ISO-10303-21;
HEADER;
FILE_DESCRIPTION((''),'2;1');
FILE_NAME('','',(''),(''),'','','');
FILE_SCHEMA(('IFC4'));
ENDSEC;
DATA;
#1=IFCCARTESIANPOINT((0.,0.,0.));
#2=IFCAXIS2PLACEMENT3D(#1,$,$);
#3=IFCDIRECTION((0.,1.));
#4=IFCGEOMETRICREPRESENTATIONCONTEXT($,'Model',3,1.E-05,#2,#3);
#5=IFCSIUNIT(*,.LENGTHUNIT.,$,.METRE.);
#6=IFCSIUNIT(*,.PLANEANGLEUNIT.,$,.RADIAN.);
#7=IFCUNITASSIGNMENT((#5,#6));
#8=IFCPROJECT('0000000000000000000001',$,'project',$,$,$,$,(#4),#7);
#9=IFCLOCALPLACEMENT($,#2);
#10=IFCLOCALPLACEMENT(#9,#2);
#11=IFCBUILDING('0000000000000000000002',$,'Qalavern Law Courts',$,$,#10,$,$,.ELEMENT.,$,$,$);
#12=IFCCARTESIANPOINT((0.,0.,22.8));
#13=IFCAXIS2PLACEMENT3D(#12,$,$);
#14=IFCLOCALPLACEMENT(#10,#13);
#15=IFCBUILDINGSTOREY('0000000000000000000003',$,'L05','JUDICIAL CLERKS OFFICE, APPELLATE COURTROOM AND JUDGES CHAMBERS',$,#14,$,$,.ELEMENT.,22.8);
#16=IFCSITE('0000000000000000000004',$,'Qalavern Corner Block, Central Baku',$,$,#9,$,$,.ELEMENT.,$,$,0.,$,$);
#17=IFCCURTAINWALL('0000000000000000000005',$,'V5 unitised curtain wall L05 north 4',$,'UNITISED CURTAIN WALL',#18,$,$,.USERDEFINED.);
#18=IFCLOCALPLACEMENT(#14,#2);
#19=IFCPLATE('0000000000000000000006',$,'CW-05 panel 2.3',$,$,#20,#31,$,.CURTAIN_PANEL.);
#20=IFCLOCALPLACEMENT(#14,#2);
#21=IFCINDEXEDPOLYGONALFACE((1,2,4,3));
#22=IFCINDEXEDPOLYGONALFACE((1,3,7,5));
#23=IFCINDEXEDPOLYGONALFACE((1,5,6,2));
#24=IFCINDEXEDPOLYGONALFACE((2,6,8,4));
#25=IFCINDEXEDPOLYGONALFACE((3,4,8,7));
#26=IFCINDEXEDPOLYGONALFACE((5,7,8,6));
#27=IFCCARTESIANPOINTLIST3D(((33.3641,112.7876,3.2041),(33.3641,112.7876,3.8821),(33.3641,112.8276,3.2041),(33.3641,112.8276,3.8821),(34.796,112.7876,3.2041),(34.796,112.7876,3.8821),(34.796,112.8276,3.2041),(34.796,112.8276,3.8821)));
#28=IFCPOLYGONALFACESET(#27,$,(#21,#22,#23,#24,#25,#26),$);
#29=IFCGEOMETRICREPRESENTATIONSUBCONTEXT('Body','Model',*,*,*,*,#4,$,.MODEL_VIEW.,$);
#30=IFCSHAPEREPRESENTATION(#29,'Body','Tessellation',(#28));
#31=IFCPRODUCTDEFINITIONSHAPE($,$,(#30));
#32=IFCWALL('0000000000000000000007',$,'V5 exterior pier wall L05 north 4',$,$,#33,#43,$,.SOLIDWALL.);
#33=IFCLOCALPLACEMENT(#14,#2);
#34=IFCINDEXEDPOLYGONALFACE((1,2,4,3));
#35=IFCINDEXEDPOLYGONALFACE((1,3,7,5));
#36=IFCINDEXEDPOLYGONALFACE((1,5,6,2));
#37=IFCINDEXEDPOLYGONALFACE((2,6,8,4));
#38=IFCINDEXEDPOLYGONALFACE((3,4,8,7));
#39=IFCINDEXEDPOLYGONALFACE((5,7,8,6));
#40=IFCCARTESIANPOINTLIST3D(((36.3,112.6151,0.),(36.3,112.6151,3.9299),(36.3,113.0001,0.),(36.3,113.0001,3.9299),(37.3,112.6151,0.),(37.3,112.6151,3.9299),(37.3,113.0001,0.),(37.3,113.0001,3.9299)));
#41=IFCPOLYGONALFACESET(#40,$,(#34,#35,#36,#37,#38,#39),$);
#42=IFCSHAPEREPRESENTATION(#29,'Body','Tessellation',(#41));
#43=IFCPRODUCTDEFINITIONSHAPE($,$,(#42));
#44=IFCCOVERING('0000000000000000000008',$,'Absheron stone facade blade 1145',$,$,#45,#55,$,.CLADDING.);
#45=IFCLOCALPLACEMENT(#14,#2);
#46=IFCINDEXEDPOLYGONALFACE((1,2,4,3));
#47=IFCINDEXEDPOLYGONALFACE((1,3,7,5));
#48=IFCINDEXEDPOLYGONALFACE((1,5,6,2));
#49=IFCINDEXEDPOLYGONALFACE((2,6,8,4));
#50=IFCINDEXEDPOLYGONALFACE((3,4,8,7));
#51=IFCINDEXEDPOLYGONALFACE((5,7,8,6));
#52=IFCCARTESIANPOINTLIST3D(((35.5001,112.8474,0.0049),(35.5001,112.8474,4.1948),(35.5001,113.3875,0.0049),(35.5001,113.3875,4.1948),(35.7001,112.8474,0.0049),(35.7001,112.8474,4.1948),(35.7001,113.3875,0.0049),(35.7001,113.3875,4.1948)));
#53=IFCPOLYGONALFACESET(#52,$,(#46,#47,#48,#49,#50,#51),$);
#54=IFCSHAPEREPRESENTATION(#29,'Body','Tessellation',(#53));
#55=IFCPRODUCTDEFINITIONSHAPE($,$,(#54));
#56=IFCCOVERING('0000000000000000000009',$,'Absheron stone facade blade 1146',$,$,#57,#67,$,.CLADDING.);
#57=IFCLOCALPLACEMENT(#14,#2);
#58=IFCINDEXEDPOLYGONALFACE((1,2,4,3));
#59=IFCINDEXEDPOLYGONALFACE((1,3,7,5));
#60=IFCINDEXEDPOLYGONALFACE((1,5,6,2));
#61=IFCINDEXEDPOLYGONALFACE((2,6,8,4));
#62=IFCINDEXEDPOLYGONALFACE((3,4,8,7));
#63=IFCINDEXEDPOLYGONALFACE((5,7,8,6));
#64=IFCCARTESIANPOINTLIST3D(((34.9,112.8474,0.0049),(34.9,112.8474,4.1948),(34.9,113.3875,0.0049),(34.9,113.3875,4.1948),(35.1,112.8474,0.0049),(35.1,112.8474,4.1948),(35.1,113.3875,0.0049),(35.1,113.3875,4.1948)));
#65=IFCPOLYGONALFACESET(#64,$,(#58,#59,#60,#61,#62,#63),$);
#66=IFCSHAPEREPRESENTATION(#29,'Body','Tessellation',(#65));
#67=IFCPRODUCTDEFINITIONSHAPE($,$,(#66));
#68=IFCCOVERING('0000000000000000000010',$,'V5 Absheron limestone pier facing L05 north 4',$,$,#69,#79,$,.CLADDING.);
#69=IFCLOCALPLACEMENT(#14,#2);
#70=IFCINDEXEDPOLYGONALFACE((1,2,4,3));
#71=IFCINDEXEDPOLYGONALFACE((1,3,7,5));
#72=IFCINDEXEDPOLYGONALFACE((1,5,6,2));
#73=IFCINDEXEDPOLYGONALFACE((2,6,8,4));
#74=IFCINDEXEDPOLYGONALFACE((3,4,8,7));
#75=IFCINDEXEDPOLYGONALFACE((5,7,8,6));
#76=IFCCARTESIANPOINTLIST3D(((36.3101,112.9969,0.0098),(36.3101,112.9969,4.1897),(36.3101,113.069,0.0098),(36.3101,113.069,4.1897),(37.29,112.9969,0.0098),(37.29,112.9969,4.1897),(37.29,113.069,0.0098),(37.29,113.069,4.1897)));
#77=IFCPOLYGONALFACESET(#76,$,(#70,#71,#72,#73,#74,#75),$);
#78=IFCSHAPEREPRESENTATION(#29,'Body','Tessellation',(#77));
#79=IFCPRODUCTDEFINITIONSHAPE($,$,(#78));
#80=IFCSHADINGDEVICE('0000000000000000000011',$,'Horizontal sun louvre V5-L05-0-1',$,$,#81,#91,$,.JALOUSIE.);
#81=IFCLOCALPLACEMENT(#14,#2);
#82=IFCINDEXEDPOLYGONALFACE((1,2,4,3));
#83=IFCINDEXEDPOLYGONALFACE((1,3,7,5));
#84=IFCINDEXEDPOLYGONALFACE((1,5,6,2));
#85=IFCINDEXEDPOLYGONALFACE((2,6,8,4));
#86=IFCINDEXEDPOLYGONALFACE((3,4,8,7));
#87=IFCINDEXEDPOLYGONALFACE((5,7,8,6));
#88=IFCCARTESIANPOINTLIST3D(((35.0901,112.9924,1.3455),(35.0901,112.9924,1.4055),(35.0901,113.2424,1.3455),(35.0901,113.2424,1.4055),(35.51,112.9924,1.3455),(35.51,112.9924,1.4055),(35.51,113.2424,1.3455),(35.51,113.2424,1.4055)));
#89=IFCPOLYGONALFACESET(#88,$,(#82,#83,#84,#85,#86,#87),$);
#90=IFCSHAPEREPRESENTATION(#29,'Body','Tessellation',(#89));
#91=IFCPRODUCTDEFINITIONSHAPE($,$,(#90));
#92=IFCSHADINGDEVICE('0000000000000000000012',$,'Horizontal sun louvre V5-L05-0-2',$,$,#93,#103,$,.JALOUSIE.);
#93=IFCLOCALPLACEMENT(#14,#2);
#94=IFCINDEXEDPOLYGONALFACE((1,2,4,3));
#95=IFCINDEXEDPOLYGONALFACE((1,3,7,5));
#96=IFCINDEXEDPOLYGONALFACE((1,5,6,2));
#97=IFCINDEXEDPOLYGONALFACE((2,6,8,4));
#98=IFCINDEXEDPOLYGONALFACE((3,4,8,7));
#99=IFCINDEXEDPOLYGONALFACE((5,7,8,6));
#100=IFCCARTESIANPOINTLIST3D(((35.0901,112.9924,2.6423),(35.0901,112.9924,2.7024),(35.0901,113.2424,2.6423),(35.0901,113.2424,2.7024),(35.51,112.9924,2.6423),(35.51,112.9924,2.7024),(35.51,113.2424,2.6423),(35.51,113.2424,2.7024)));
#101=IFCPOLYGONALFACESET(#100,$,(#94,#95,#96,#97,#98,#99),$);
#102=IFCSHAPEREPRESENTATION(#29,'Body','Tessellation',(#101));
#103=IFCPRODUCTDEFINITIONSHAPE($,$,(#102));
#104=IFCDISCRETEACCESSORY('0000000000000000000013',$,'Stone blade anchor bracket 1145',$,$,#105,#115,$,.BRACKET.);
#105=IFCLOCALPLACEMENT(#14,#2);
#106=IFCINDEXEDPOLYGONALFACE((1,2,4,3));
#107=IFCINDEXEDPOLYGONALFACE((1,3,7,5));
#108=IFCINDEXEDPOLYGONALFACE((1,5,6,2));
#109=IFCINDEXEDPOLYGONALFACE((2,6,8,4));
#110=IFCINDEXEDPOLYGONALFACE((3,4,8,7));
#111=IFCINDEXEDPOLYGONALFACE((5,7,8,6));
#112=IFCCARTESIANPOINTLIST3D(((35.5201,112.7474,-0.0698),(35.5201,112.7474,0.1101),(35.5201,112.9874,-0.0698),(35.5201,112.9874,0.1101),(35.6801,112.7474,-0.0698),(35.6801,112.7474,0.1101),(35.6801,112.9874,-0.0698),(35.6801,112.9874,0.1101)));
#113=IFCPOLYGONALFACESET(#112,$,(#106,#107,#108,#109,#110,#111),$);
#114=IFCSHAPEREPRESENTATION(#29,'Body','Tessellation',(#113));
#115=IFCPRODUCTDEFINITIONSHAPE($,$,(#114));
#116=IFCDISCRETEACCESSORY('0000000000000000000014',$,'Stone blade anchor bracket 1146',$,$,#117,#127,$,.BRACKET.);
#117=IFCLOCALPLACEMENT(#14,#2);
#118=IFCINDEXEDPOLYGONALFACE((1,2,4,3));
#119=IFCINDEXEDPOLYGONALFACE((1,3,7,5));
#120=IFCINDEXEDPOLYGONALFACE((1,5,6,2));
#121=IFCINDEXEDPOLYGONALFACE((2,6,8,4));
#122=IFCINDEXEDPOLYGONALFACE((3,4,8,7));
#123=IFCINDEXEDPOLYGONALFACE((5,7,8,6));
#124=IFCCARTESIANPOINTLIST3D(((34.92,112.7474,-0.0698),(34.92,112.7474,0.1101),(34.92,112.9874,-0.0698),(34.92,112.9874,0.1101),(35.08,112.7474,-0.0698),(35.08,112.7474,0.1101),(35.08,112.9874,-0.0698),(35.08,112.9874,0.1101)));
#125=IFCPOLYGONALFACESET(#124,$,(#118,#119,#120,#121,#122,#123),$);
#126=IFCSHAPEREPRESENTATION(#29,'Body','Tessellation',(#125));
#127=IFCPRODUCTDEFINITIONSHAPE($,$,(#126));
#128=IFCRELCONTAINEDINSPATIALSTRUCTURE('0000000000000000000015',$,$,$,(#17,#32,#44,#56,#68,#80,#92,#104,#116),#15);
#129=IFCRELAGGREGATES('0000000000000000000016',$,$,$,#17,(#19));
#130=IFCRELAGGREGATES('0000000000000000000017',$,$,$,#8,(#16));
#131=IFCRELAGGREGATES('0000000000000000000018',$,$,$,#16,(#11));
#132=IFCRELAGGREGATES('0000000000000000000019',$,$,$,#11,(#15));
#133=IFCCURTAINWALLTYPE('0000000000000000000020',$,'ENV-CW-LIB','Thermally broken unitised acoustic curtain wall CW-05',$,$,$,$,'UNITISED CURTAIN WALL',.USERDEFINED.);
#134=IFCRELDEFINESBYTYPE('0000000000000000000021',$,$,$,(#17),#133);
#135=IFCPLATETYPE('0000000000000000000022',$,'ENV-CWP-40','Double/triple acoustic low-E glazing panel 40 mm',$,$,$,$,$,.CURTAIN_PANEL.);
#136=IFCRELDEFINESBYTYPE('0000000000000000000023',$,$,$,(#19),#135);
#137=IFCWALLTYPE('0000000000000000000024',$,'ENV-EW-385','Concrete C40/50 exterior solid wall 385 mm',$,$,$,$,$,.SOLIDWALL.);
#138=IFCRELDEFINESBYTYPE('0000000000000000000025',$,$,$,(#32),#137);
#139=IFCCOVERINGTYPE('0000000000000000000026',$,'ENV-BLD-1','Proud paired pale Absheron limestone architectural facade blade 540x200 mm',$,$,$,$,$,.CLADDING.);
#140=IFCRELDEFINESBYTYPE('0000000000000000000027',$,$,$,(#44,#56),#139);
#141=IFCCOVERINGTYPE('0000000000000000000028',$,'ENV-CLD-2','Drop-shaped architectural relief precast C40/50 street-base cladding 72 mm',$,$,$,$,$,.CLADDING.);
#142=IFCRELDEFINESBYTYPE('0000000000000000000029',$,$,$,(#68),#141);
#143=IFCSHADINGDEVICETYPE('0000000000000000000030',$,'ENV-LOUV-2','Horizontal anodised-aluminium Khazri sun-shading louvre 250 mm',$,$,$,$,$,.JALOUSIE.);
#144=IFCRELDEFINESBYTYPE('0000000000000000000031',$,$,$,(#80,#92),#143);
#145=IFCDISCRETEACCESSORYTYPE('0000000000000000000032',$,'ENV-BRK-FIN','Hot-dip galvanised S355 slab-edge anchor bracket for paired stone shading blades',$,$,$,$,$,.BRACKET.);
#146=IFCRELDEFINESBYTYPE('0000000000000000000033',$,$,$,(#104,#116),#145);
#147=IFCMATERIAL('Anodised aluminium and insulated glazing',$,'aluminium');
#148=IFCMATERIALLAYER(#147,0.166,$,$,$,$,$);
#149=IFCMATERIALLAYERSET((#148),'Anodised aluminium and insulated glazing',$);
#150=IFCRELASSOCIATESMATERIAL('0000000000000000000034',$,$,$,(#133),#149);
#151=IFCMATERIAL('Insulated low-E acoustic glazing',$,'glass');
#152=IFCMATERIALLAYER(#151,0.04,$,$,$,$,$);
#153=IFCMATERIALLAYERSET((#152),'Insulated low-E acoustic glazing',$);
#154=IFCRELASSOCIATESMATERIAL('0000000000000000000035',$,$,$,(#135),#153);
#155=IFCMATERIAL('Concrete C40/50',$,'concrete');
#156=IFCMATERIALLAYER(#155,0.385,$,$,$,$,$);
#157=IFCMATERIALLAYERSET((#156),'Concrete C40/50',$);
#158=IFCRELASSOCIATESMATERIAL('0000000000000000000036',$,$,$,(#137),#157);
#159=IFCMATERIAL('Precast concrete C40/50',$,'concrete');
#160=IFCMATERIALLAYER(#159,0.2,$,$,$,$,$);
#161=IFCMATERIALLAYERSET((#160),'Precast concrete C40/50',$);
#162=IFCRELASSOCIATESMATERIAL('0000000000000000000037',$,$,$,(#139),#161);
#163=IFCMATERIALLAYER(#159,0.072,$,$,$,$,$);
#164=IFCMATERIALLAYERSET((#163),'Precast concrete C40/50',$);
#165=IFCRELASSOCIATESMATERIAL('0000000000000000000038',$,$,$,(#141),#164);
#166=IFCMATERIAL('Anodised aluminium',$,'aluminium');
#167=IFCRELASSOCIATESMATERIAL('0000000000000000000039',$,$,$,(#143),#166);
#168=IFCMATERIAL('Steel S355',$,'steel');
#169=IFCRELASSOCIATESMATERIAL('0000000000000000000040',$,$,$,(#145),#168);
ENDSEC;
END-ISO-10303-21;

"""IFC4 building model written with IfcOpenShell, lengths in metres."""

from ifc_helpers import new_model, si_unit, direction, frame, frame_2d, origin, origin_2d, place, context, subcontext, project, spatial, rectangle, extrude, material, layer, layer_set, type_object, element, aggregate, save


model = new_model("IFC4")

# Units and contexts
model_context = context("Model", 3, precision=1e-05, world=origin(), true_north=direction((0.0, 1.0)))
body_context = subcontext(model_context, "Body", "Model", "MODEL_VIEW")
ifc_project = project(units=[si_unit("LENGTHUNIT", "METRE"), si_unit("PLANEANGLEUNIT", "RADIAN")], contexts=[model_context])

# Site, building, storey
site_placement = place(None, origin())
site = spatial("IfcSite", under=ifc_project, at=site_placement, Name="Qalavern Corner Block, Central Baku", CompositionType="ELEMENT", RefElevation=0.0)
building_placement = place(site_placement, origin())
building = spatial("IfcBuilding", under=site, at=building_placement, Name="Qalavern Law Courts", CompositionType="ELEMENT")
storey_placement = place(building_placement, frame((0.0, 0.0, 22.8)))
storey = spatial("IfcBuildingStorey", under=building, at=storey_placement, Name="L05", Description="JUDICIAL CLERKS OFFICE, APPELLATE COURTROOM AND JUDGES CHAMBERS", CompositionType="ELEMENT", Elevation=22.8)

# Curtain wall
ifc_material_1 = material(Name="Anodised aluminium and insulated glazing", Category="aluminium")
ifc_layer_1 = layer(ifc_material_1, 0.166)
ifc_layer_set_1 = layer_set([ifc_layer_1], Name="Anodised aluminium and insulated glazing")
curtain_wall_type = type_object("IfcCurtainWallType", Name="ENV-CW-LIB", Description="Thermally broken unitised acoustic curtain wall CW-05", ElementType="UNITISED CURTAIN WALL", PredefinedType="USERDEFINED", material=ifc_layer_set_1)
ifc_material_2 = material(Name="Anodised aluminium", Category="aluminium")
curtain_wall_1_placement = place(storey_placement, origin())
curtain_wall_1 = element("IfcCurtainWall", 1, at=curtain_wall_1_placement, inside=storey, type_object=curtain_wall_type, Name="V5 unitised curtain wall L05 north 4", ObjectType="UNITISED CURTAIN WALL", PredefinedType="USERDEFINED")

# Shared definitions
ifc_material_3 = material(Name="Steel S355", Category="steel")
ifc_material_4 = material(Name="Concrete C40/50", Category="concrete")

# Plate
ifc_material_5 = material(Name="Insulated low-E acoustic glazing", Category="glass")
ifc_layer_2 = layer(ifc_material_5, 0.04)
ifc_layer_set_2 = layer_set([ifc_layer_2], Name="Insulated low-E acoustic glazing")
plate_type_1 = type_object("IfcPlateType", Name="ENV-CWP-40", Description="Double/triple acoustic low-E glazing panel 40 mm", PredefinedType="CURTAIN_PANEL", material=ifc_layer_set_2)
plate_1_placement = place(storey_placement, frame((34.0801, 112.8076, 3.2041), z_axis=(0.0, 0.0, 1.0), x_axis=(-1.0, 0.0, 0.0)))
plate_1 = element("IfcPlate", 2, at=plate_1_placement, type_object=plate_type_1, Name="CW-05 panel 2.3", PredefinedType="CURTAIN_PANEL", context=body_context, shape_type="SweptSolid", body=[
    extrude(rectangle(XDim=1.4319, YDim=0.04, at=origin_2d()), origin(), (0.0, 0.0, 1.0), 0.678),
])
aggregate(curtain_wall_1, [plate_1])

# Wall
ifc_layer_3 = layer(ifc_material_4, 0.385)
ifc_layer_set_3 = layer_set([ifc_layer_3], Name="Concrete C40/50")
wall_type = type_object("IfcWallType", Name="ENV-EW-385", Description="Concrete C40/50 exterior solid wall 385 mm", PredefinedType="SOLIDWALL", material=ifc_layer_set_3)
wall_placement = place(storey_placement, frame((37.3, 112.8076, 0.0), z_axis=(0.0, 0.0, 1.0), x_axis=(-1.0, 0.0, 0.0)))
element("IfcWall", 3, at=wall_placement, inside=storey, type_object=wall_type, Name="V5 exterior pier wall L05 north 4", PredefinedType="SOLIDWALL", context=body_context, shape_type="SweptSolid", body=[
    extrude(rectangle(XDim=1.0, YDim=0.385, at=frame_2d((0.5, 0.0))), origin(), (0.0, 0.0, 1.0), 3.9299),
])

# Coverings
ifc_material_6 = material(Name="Precast concrete C40/50", Category="concrete")
ifc_layer_4 = layer(ifc_material_6, 0.2)
ifc_layer_set_4 = layer_set([ifc_layer_4], Name="Precast concrete C40/50")
covering_type_1 = type_object("IfcCoveringType", Name="ENV-BLD-1", Description="Proud paired pale Absheron limestone architectural facade blade 540x200 mm", PredefinedType="CLADDING", material=ifc_layer_set_4)
for number, where, z_axis, x_axis, name in (
    (4, (35.6001, 113.1174, 0.0049), (0.0, 0.0, 1.0), (0.0, 1.0, 0.0), "Absheron stone facade blade 1145"),
    (5, (35.0, 113.1174, 0.0049), (0.0, 0.0, 1.0), (0.0, 1.0, 0.0), "Absheron stone facade blade 1146"),
):
    element("IfcCovering", number, at=place(storey_placement, frame(where, z_axis=z_axis, x_axis=x_axis)), inside=storey, type_object=covering_type_1, Name=name, PredefinedType="CLADDING", context=body_context, shape_type="SweptSolid", body=[
        extrude(rectangle(XDim=0.54, YDim=0.2, at=origin_2d()), origin(), (0.0, 0.0, 1.0), 4.1899),
    ])
ifc_layer_5 = layer(ifc_material_6, 0.072)
ifc_layer_set_5 = layer_set([ifc_layer_5], Name="Precast concrete C40/50")
covering_type_2 = type_object("IfcCoveringType", Name="ENV-CLD-2", Description="Drop-shaped architectural relief precast C40/50 street-base cladding 72 mm", PredefinedType="CLADDING", material=ifc_layer_set_5)
covering_placement = place(storey_placement, frame((36.8, 113.033, 0.0098), z_axis=(0.0, 0.0, 1.0), x_axis=(-1.0, 0.0, 0.0)))
element("IfcCovering", 6, at=covering_placement, inside=storey, type_object=covering_type_2, Name="V5 Absheron limestone pier facing L05 north 4", PredefinedType="CLADDING", context=body_context, shape_type="SweptSolid", body=[
    extrude(rectangle(XDim=0.98, YDim=0.072, at=origin_2d()), origin(), (0.0, 0.0, 1.0), 4.1799),
])

# Shading devices
shading_device_type = type_object("IfcShadingDeviceType", Name="ENV-LOUV-2", Description="Horizontal anodised-aluminium Khazri sun-shading louvre 250 mm", PredefinedType="JALOUSIE", material=ifc_material_2)
for number, where, z_axis, x_axis, name in (
    (7, (35.3, 113.1174, 1.3455), (0.0, 0.0, 1.0), (-1.0, 0.0, 0.0), "Horizontal sun louvre V5-L05-0-1"),
    (8, (35.3, 113.1174, 2.6423), (0.0, 0.0, 1.0), (-1.0, 0.0, 0.0), "Horizontal sun louvre V5-L05-0-2"),
):
    element("IfcShadingDevice", number, at=place(storey_placement, frame(where, z_axis=z_axis, x_axis=x_axis)), inside=storey, type_object=shading_device_type, Name=name, PredefinedType="JALOUSIE", context=body_context, shape_type="SweptSolid", body=[
        extrude(rectangle(XDim=0.4199, YDim=0.25, at=origin_2d()), origin(), (0.0, 0.0, 1.0), 0.0601),
    ])

# Discrete accessories
discrete_accessory_type = type_object("IfcDiscreteAccessoryType", Name="ENV-BRK-FIN", Description="Hot-dip galvanised S355 slab-edge anchor bracket for paired stone shading blades", PredefinedType="BRACKET", material=ifc_material_3)
for number, where, z_axis, x_axis, name in (
    (9, (35.6001, 112.8674, -0.0698), (0.0, 0.0, 1.0), (0.0, 1.0, 0.0), "Stone blade anchor bracket 1145"),
    (10, (35.0, 112.8674, -0.0698), (0.0, 0.0, 1.0), (0.0, 1.0, 0.0), "Stone blade anchor bracket 1146"),
):
    element("IfcDiscreteAccessory", number, at=place(storey_placement, frame(where, z_axis=z_axis, x_axis=x_axis)), inside=storey, type_object=discrete_accessory_type, Name=name, PredefinedType="BRACKET", context=body_context, shape_type="SweptSolid", body=[
        extrude(rectangle(XDim=0.24, YDim=0.1599, at=origin_2d()), origin(), (0.0, 0.0, 1.0), 0.1799),
    ])

save(model, "model.ifc")
